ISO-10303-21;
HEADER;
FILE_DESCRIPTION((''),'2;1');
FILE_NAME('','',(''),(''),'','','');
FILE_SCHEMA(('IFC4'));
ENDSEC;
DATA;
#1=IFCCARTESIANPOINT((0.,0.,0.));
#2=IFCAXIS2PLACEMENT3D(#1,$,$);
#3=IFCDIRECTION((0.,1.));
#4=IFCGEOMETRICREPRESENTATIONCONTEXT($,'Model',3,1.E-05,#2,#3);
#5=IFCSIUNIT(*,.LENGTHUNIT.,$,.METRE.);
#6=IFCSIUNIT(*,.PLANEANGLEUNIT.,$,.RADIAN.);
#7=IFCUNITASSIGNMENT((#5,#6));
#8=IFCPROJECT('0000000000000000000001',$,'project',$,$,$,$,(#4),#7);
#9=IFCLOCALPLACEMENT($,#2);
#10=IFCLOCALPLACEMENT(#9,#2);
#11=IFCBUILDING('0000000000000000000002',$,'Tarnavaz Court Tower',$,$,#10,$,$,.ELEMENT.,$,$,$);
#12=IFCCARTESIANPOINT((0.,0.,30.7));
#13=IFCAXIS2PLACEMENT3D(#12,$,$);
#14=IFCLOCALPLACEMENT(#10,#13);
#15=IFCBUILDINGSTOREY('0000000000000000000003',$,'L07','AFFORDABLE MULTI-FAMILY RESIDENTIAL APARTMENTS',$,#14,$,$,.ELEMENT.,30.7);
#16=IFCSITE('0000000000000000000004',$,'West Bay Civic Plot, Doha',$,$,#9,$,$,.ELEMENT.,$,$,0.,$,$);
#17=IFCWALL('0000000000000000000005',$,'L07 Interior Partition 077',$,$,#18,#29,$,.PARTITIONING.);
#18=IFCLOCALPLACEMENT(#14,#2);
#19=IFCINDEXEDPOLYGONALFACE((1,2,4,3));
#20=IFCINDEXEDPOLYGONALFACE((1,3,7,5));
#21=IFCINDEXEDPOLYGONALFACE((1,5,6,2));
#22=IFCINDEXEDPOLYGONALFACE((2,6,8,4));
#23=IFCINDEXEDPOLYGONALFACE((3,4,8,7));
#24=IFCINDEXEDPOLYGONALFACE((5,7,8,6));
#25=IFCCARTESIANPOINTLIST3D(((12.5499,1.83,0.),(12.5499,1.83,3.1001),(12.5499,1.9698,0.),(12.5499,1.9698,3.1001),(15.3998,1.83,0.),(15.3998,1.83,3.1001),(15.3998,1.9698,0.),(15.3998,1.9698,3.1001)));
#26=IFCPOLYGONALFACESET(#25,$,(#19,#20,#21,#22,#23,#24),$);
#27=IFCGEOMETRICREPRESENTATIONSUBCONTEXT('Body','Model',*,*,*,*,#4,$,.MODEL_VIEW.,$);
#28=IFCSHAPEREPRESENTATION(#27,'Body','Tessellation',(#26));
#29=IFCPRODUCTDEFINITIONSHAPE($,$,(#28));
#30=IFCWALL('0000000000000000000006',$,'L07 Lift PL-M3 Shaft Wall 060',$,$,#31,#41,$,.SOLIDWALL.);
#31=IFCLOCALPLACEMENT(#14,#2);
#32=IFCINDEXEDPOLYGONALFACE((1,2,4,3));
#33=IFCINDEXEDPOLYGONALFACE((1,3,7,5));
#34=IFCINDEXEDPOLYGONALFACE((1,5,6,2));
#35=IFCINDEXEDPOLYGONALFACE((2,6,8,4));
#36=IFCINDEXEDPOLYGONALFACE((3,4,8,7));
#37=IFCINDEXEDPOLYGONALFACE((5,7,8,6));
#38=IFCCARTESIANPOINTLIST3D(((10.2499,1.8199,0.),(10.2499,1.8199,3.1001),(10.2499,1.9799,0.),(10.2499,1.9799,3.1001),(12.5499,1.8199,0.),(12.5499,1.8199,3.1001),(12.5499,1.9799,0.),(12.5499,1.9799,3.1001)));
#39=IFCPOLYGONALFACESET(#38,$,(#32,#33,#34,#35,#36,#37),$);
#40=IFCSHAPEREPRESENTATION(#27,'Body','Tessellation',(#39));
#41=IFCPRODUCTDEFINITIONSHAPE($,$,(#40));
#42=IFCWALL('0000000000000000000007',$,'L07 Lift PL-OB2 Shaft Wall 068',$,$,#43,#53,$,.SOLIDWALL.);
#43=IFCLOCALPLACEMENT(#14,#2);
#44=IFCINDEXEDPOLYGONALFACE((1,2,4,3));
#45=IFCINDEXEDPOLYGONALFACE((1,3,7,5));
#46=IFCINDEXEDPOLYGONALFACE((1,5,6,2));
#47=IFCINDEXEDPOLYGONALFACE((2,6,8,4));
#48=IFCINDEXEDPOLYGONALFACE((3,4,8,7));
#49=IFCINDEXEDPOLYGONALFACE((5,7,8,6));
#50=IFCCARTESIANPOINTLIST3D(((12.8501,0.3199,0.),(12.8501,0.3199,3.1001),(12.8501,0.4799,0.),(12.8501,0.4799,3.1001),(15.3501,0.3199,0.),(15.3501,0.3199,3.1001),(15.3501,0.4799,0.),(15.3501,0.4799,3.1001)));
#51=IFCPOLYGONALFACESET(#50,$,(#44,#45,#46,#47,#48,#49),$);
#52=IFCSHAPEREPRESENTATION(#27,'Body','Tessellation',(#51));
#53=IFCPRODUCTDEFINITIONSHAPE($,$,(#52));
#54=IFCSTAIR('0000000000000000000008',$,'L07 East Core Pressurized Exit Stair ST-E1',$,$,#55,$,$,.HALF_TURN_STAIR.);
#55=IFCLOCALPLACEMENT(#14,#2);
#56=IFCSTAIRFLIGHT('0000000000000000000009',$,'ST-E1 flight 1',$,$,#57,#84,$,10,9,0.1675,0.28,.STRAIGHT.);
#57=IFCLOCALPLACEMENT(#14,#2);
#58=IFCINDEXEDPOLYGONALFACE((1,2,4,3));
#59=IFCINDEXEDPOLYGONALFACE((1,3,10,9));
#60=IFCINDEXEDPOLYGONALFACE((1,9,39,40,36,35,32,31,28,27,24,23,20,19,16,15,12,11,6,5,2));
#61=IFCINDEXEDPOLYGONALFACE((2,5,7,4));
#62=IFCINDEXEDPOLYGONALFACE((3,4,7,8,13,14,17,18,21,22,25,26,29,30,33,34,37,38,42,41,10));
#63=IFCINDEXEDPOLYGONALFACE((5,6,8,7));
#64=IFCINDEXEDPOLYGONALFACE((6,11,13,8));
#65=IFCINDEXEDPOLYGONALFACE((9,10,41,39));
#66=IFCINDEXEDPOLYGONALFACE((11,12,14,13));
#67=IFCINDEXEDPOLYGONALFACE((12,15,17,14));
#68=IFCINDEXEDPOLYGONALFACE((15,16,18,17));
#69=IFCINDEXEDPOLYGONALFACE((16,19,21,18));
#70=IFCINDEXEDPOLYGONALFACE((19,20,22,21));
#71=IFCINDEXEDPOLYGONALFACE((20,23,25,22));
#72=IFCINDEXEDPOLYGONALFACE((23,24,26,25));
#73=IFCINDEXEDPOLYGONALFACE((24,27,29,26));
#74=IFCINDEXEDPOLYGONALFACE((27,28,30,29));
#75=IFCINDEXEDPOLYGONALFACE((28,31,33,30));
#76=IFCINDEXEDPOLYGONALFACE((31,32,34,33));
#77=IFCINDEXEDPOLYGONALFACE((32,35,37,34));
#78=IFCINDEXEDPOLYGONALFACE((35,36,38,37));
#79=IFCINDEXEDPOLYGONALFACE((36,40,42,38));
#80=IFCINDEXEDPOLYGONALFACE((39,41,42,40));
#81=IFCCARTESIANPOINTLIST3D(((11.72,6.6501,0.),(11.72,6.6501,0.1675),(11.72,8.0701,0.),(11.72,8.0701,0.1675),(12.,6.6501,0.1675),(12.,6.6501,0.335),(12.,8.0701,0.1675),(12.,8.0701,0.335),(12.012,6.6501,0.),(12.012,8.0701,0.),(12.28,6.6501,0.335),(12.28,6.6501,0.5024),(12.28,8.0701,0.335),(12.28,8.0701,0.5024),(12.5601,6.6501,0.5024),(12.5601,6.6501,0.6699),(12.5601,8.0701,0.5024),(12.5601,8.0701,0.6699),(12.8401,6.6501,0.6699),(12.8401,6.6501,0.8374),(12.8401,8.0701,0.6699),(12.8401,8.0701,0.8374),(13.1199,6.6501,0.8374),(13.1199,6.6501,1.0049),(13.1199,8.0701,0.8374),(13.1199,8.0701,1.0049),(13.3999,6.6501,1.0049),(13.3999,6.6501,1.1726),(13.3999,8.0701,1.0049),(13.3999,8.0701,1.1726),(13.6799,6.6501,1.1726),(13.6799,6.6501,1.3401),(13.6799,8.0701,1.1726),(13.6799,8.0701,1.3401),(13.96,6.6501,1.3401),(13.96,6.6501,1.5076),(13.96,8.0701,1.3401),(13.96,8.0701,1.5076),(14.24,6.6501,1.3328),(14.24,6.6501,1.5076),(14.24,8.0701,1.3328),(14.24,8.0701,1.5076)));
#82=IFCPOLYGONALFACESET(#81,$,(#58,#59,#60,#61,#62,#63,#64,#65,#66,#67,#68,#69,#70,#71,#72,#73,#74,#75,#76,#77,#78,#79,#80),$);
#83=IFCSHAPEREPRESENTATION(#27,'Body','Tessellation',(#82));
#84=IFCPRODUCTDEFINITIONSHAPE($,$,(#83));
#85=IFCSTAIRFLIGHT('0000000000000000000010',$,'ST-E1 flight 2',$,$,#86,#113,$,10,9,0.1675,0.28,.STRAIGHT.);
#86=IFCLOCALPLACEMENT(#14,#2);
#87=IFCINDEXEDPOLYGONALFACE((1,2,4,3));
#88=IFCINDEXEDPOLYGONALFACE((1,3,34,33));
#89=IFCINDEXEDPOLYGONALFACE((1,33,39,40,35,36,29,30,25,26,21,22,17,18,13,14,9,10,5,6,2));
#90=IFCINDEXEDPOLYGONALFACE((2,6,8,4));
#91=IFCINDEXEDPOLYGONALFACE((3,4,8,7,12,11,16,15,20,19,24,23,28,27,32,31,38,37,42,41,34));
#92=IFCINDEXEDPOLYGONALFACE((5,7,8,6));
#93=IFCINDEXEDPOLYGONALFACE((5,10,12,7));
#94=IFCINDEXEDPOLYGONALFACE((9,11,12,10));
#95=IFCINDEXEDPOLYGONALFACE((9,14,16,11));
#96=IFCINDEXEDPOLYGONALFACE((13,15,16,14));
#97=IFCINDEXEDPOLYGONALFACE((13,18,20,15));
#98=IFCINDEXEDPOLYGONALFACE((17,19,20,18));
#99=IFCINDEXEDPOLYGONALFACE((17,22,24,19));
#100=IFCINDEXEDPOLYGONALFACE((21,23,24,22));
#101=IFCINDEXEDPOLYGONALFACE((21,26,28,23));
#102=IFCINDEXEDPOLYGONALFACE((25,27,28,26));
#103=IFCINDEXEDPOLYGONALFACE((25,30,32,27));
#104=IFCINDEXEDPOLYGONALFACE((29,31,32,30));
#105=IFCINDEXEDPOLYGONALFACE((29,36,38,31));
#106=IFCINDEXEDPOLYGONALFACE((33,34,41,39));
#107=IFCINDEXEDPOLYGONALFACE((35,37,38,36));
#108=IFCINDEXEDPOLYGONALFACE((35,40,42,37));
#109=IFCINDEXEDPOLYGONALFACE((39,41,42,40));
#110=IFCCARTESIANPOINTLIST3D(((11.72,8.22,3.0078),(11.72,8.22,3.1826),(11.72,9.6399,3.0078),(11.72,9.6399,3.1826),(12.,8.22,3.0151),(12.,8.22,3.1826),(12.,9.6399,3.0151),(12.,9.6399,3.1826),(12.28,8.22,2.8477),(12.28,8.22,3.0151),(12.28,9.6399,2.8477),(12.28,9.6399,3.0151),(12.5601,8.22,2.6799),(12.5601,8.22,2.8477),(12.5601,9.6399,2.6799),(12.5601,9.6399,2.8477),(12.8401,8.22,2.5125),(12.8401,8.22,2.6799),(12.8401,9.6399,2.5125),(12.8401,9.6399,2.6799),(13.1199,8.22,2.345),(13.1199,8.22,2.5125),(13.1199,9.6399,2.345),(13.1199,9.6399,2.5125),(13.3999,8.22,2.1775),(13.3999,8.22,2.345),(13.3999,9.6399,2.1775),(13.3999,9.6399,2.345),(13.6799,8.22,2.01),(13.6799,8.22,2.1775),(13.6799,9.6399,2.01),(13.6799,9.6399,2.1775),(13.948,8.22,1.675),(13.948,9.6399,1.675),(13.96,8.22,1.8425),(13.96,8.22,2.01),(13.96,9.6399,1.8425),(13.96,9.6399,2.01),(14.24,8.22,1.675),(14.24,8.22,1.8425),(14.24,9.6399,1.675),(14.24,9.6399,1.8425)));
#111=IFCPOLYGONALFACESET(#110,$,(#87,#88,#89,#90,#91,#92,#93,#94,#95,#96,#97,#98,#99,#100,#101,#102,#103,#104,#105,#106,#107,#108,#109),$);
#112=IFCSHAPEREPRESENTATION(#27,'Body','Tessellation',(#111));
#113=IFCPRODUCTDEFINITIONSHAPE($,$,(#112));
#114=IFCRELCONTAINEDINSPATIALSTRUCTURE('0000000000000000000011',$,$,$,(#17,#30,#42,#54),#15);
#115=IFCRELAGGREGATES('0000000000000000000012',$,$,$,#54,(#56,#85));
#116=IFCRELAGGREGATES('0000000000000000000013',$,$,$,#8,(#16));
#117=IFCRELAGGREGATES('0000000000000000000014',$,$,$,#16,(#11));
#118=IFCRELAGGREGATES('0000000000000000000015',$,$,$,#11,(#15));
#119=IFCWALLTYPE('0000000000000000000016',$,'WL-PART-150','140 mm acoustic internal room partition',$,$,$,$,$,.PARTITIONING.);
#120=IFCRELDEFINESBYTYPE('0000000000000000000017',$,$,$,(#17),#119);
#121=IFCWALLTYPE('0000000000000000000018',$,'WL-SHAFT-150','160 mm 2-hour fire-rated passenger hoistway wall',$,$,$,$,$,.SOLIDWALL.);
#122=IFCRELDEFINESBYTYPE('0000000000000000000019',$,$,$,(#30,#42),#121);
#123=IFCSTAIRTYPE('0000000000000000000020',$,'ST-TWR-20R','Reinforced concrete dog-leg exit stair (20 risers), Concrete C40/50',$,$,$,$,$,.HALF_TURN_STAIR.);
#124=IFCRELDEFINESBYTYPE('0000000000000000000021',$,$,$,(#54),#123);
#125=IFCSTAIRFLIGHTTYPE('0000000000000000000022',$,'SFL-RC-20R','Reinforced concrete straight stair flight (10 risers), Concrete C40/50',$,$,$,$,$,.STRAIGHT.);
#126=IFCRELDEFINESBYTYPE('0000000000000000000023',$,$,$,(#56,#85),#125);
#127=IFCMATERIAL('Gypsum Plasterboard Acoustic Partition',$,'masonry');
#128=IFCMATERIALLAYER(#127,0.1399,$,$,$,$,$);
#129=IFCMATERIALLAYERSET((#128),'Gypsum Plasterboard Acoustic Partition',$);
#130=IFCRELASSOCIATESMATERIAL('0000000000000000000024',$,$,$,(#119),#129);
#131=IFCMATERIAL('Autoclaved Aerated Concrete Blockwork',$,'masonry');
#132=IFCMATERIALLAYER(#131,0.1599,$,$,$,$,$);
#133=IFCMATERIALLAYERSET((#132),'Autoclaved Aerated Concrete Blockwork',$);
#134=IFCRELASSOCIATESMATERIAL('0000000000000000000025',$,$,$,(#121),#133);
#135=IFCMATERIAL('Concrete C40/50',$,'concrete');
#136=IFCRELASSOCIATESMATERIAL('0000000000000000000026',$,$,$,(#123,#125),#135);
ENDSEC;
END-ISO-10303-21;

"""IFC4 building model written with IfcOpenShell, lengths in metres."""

from ifc_helpers import new_model, si_unit, direction, frame, frame_2d, origin, place, context, subcontext, project, spatial, polyline, rectangle, outline, extrude, material, layer, layer_set, type_object, element, aggregate, save


model = new_model("IFC4")

# Units and contexts
model_context = context("Model", 3, precision=1e-05, world=origin(), true_north=direction((0.0, 1.0)))
body_context = subcontext(model_context, "Body", "Model", "MODEL_VIEW")
ifc_project = project(units=[si_unit("LENGTHUNIT", "METRE"), si_unit("PLANEANGLEUNIT", "RADIAN")], contexts=[model_context])

# Site, building, storey
site_placement = place(None, origin())
site = spatial("IfcSite", under=ifc_project, at=site_placement, Name="West Bay Civic Plot, Doha", CompositionType="ELEMENT", RefElevation=0.0)
building_placement = place(site_placement, origin())
building = spatial("IfcBuilding", under=site, at=building_placement, Name="Tarnavaz Court Tower", CompositionType="ELEMENT")
storey_placement = place(building_placement, frame((0.0, 0.0, 30.7)))
storey = spatial("IfcBuildingStorey", under=building, at=storey_placement, Name="L07", Description="AFFORDABLE MULTI-FAMILY RESIDENTIAL APARTMENTS", CompositionType="ELEMENT", Elevation=30.7)

# Shared definitions
ifc_material_1 = material(Name="Autoclaved Aerated Concrete Blockwork", Category="masonry")

# Walls
ifc_material_2 = material(Name="Gypsum Plasterboard Acoustic Partition", Category="masonry")
ifc_layer_1 = layer(ifc_material_2, 0.1399)
ifc_layer_set_1 = layer_set([ifc_layer_1], Name="Gypsum Plasterboard Acoustic Partition")
wall_type_1 = type_object("IfcWallType", Name="WL-PART-150", Description="140 mm acoustic internal room partition", PredefinedType="PARTITIONING", material=ifc_layer_set_1)
wall_1_placement = place(storey_placement, frame((12.55, 1.8999, 0.0), z_axis=(0.0, 0.0, 1.0), x_axis=(1.0, 0.0, 0.0)))
element("IfcWall", 1, at=wall_1_placement, inside=storey, type_object=wall_type_1, Name="L07 Interior Partition 077", PredefinedType="PARTITIONING", context=body_context, shape_type="SweptSolid", body=[
    extrude(rectangle(XDim=2.8499, YDim=0.1399, at=frame_2d((1.4248, 0.0))), origin(), (0.0, 0.0, 1.0), 3.1001),
])
ifc_layer_2 = layer(ifc_material_1, 0.1599)
ifc_layer_set_2 = layer_set([ifc_layer_2], Name="Autoclaved Aerated Concrete Blockwork")
wall_type_2 = type_object("IfcWallType", Name="WL-SHAFT-150", Description="160 mm 2-hour fire-rated passenger hoistway wall", PredefinedType="SOLIDWALL", material=ifc_layer_set_2)
wall_2_placement = place(storey_placement, frame((10.25, 1.8999, 0.0), z_axis=(0.0, 0.0, 1.0), x_axis=(1.0, 0.0, 0.0)))
element("IfcWall", 2, at=wall_2_placement, inside=storey, type_object=wall_type_2, Name="L07 Lift PL-M3 Shaft Wall 060", PredefinedType="SOLIDWALL", context=body_context, shape_type="SweptSolid", body=[
    extrude(rectangle(XDim=2.3, YDim=0.1599, at=frame_2d((1.1499, 0.0))), origin(), (0.0, 0.0, 1.0), 3.1001),
])
wall_3_placement = place(storey_placement, frame((12.8501, 0.3999, 0.0), z_axis=(0.0, 0.0, 1.0), x_axis=(1.0, 0.0, 0.0)))
element("IfcWall", 3, at=wall_3_placement, inside=storey, type_object=wall_type_2, Name="L07 Lift PL-OB2 Shaft Wall 068", PredefinedType="SOLIDWALL", context=body_context, shape_type="SweptSolid", body=[
    extrude(rectangle(XDim=2.5, YDim=0.1599, at=frame_2d((1.25, 0.0))), origin(), (0.0, 0.0, 1.0), 3.1001),
])

# Stair, stair flights
ifc_material_3 = material(Name="Concrete C40/50", Category="concrete")
stair_type = type_object("IfcStairType", Name="ST-TWR-20R", Description="Reinforced concrete dog-leg exit stair (20 risers), Concrete C40/50", PredefinedType="HALF_TURN_STAIR", material=ifc_material_3)
stair_placement = place(storey_placement, origin())
stair = element("IfcStair", 4, at=stair_placement, inside=storey, type_object=stair_type, Name="L07 East Core Pressurized Exit Stair ST-E1", PredefinedType="HALF_TURN_STAIR")
stair_flight_type = type_object("IfcStairFlightType", Name="SFL-RC-20R", Description="Reinforced concrete straight stair flight (10 risers), Concrete C40/50", PredefinedType="STRAIGHT", material=ifc_material_3)
stair_flight_1_placement = place(storey_placement, frame((11.72, 7.3601, 0.0), z_axis=(0.0, 0.0, 1.0), x_axis=(1.0, 0.0, 0.0)))
stair_flight_1 = element("IfcStairFlight", 5, at=stair_flight_1_placement, type_object=stair_flight_type, Name="ST-E1 flight 1", NumberOfRisers=10, NumberOfTreads=9, PredefinedType="STRAIGHT", RiserHeight=0.1675, TreadLength=0.28, context=body_context, shape_type="SweptSolid", body=[
    extrude(outline(polyline([(0.0, 0.0), (0.0, 0.1675), (0.28, 0.1675), (0.28, 0.335), (0.5601, 0.335), (0.5601, 0.5024), (0.8401, 0.5024), (0.8401, 0.6699), (1.1201, 0.6699), (1.1201, 0.8374), (1.3999, 0.8374), (1.3999, 1.0049), (1.6799, 1.0049), (1.6799, 1.1726), (1.96, 1.1726), (1.96, 1.3401), (2.24, 1.3401), (2.24, 1.5076), (2.52, 1.5076), (2.52, 1.675), (2.52, 1.3328), (0.292, 0.0), (0.0, 0.0)])), frame((0.0, 0.71, 0.0), z_axis=(0.0, -1.0, 0.0), x_axis=(1.0, 0.0, 0.0)), (0.0, 0.0, 1.0), 1.4199),
])
stair_flight_2_placement = place(storey_placement, frame((14.24, 8.9299, 1.675), z_axis=(0.0, 0.0, 1.0), x_axis=(-1.0, 0.0, 0.0)))
stair_flight_2 = element("IfcStairFlight", 6, at=stair_flight_2_placement, type_object=stair_flight_type, Name="ST-E1 flight 2", NumberOfRisers=10, NumberOfTreads=9, PredefinedType="STRAIGHT", RiserHeight=0.1675, TreadLength=0.28, context=body_context, shape_type="SweptSolid", body=[
    extrude(outline(polyline([(0.0, 0.0), (0.0, 0.1675), (0.28, 0.1675), (0.28, 0.335), (0.5601, 0.335), (0.5601, 0.5024), (0.8401, 0.5024), (0.8401, 0.6699), (1.1201, 0.6699), (1.1201, 0.8374), (1.3999, 0.8374), (1.3999, 1.0049), (1.6799, 1.0049), (1.6799, 1.1726), (1.96, 1.1726), (1.96, 1.3401), (2.24, 1.3401), (2.24, 1.5076), (2.52, 1.5076), (2.52, 1.675), (2.52, 1.3328), (0.292, 0.0), (0.0, 0.0)])), frame((0.0, 0.71, 0.0), z_axis=(0.0, -1.0, 0.0), x_axis=(1.0, 0.0, 0.0)), (0.0, 0.0, 1.0), 1.4199),
])
aggregate(stair, [stair_flight_1, stair_flight_2])

save(model, "model.ifc")
